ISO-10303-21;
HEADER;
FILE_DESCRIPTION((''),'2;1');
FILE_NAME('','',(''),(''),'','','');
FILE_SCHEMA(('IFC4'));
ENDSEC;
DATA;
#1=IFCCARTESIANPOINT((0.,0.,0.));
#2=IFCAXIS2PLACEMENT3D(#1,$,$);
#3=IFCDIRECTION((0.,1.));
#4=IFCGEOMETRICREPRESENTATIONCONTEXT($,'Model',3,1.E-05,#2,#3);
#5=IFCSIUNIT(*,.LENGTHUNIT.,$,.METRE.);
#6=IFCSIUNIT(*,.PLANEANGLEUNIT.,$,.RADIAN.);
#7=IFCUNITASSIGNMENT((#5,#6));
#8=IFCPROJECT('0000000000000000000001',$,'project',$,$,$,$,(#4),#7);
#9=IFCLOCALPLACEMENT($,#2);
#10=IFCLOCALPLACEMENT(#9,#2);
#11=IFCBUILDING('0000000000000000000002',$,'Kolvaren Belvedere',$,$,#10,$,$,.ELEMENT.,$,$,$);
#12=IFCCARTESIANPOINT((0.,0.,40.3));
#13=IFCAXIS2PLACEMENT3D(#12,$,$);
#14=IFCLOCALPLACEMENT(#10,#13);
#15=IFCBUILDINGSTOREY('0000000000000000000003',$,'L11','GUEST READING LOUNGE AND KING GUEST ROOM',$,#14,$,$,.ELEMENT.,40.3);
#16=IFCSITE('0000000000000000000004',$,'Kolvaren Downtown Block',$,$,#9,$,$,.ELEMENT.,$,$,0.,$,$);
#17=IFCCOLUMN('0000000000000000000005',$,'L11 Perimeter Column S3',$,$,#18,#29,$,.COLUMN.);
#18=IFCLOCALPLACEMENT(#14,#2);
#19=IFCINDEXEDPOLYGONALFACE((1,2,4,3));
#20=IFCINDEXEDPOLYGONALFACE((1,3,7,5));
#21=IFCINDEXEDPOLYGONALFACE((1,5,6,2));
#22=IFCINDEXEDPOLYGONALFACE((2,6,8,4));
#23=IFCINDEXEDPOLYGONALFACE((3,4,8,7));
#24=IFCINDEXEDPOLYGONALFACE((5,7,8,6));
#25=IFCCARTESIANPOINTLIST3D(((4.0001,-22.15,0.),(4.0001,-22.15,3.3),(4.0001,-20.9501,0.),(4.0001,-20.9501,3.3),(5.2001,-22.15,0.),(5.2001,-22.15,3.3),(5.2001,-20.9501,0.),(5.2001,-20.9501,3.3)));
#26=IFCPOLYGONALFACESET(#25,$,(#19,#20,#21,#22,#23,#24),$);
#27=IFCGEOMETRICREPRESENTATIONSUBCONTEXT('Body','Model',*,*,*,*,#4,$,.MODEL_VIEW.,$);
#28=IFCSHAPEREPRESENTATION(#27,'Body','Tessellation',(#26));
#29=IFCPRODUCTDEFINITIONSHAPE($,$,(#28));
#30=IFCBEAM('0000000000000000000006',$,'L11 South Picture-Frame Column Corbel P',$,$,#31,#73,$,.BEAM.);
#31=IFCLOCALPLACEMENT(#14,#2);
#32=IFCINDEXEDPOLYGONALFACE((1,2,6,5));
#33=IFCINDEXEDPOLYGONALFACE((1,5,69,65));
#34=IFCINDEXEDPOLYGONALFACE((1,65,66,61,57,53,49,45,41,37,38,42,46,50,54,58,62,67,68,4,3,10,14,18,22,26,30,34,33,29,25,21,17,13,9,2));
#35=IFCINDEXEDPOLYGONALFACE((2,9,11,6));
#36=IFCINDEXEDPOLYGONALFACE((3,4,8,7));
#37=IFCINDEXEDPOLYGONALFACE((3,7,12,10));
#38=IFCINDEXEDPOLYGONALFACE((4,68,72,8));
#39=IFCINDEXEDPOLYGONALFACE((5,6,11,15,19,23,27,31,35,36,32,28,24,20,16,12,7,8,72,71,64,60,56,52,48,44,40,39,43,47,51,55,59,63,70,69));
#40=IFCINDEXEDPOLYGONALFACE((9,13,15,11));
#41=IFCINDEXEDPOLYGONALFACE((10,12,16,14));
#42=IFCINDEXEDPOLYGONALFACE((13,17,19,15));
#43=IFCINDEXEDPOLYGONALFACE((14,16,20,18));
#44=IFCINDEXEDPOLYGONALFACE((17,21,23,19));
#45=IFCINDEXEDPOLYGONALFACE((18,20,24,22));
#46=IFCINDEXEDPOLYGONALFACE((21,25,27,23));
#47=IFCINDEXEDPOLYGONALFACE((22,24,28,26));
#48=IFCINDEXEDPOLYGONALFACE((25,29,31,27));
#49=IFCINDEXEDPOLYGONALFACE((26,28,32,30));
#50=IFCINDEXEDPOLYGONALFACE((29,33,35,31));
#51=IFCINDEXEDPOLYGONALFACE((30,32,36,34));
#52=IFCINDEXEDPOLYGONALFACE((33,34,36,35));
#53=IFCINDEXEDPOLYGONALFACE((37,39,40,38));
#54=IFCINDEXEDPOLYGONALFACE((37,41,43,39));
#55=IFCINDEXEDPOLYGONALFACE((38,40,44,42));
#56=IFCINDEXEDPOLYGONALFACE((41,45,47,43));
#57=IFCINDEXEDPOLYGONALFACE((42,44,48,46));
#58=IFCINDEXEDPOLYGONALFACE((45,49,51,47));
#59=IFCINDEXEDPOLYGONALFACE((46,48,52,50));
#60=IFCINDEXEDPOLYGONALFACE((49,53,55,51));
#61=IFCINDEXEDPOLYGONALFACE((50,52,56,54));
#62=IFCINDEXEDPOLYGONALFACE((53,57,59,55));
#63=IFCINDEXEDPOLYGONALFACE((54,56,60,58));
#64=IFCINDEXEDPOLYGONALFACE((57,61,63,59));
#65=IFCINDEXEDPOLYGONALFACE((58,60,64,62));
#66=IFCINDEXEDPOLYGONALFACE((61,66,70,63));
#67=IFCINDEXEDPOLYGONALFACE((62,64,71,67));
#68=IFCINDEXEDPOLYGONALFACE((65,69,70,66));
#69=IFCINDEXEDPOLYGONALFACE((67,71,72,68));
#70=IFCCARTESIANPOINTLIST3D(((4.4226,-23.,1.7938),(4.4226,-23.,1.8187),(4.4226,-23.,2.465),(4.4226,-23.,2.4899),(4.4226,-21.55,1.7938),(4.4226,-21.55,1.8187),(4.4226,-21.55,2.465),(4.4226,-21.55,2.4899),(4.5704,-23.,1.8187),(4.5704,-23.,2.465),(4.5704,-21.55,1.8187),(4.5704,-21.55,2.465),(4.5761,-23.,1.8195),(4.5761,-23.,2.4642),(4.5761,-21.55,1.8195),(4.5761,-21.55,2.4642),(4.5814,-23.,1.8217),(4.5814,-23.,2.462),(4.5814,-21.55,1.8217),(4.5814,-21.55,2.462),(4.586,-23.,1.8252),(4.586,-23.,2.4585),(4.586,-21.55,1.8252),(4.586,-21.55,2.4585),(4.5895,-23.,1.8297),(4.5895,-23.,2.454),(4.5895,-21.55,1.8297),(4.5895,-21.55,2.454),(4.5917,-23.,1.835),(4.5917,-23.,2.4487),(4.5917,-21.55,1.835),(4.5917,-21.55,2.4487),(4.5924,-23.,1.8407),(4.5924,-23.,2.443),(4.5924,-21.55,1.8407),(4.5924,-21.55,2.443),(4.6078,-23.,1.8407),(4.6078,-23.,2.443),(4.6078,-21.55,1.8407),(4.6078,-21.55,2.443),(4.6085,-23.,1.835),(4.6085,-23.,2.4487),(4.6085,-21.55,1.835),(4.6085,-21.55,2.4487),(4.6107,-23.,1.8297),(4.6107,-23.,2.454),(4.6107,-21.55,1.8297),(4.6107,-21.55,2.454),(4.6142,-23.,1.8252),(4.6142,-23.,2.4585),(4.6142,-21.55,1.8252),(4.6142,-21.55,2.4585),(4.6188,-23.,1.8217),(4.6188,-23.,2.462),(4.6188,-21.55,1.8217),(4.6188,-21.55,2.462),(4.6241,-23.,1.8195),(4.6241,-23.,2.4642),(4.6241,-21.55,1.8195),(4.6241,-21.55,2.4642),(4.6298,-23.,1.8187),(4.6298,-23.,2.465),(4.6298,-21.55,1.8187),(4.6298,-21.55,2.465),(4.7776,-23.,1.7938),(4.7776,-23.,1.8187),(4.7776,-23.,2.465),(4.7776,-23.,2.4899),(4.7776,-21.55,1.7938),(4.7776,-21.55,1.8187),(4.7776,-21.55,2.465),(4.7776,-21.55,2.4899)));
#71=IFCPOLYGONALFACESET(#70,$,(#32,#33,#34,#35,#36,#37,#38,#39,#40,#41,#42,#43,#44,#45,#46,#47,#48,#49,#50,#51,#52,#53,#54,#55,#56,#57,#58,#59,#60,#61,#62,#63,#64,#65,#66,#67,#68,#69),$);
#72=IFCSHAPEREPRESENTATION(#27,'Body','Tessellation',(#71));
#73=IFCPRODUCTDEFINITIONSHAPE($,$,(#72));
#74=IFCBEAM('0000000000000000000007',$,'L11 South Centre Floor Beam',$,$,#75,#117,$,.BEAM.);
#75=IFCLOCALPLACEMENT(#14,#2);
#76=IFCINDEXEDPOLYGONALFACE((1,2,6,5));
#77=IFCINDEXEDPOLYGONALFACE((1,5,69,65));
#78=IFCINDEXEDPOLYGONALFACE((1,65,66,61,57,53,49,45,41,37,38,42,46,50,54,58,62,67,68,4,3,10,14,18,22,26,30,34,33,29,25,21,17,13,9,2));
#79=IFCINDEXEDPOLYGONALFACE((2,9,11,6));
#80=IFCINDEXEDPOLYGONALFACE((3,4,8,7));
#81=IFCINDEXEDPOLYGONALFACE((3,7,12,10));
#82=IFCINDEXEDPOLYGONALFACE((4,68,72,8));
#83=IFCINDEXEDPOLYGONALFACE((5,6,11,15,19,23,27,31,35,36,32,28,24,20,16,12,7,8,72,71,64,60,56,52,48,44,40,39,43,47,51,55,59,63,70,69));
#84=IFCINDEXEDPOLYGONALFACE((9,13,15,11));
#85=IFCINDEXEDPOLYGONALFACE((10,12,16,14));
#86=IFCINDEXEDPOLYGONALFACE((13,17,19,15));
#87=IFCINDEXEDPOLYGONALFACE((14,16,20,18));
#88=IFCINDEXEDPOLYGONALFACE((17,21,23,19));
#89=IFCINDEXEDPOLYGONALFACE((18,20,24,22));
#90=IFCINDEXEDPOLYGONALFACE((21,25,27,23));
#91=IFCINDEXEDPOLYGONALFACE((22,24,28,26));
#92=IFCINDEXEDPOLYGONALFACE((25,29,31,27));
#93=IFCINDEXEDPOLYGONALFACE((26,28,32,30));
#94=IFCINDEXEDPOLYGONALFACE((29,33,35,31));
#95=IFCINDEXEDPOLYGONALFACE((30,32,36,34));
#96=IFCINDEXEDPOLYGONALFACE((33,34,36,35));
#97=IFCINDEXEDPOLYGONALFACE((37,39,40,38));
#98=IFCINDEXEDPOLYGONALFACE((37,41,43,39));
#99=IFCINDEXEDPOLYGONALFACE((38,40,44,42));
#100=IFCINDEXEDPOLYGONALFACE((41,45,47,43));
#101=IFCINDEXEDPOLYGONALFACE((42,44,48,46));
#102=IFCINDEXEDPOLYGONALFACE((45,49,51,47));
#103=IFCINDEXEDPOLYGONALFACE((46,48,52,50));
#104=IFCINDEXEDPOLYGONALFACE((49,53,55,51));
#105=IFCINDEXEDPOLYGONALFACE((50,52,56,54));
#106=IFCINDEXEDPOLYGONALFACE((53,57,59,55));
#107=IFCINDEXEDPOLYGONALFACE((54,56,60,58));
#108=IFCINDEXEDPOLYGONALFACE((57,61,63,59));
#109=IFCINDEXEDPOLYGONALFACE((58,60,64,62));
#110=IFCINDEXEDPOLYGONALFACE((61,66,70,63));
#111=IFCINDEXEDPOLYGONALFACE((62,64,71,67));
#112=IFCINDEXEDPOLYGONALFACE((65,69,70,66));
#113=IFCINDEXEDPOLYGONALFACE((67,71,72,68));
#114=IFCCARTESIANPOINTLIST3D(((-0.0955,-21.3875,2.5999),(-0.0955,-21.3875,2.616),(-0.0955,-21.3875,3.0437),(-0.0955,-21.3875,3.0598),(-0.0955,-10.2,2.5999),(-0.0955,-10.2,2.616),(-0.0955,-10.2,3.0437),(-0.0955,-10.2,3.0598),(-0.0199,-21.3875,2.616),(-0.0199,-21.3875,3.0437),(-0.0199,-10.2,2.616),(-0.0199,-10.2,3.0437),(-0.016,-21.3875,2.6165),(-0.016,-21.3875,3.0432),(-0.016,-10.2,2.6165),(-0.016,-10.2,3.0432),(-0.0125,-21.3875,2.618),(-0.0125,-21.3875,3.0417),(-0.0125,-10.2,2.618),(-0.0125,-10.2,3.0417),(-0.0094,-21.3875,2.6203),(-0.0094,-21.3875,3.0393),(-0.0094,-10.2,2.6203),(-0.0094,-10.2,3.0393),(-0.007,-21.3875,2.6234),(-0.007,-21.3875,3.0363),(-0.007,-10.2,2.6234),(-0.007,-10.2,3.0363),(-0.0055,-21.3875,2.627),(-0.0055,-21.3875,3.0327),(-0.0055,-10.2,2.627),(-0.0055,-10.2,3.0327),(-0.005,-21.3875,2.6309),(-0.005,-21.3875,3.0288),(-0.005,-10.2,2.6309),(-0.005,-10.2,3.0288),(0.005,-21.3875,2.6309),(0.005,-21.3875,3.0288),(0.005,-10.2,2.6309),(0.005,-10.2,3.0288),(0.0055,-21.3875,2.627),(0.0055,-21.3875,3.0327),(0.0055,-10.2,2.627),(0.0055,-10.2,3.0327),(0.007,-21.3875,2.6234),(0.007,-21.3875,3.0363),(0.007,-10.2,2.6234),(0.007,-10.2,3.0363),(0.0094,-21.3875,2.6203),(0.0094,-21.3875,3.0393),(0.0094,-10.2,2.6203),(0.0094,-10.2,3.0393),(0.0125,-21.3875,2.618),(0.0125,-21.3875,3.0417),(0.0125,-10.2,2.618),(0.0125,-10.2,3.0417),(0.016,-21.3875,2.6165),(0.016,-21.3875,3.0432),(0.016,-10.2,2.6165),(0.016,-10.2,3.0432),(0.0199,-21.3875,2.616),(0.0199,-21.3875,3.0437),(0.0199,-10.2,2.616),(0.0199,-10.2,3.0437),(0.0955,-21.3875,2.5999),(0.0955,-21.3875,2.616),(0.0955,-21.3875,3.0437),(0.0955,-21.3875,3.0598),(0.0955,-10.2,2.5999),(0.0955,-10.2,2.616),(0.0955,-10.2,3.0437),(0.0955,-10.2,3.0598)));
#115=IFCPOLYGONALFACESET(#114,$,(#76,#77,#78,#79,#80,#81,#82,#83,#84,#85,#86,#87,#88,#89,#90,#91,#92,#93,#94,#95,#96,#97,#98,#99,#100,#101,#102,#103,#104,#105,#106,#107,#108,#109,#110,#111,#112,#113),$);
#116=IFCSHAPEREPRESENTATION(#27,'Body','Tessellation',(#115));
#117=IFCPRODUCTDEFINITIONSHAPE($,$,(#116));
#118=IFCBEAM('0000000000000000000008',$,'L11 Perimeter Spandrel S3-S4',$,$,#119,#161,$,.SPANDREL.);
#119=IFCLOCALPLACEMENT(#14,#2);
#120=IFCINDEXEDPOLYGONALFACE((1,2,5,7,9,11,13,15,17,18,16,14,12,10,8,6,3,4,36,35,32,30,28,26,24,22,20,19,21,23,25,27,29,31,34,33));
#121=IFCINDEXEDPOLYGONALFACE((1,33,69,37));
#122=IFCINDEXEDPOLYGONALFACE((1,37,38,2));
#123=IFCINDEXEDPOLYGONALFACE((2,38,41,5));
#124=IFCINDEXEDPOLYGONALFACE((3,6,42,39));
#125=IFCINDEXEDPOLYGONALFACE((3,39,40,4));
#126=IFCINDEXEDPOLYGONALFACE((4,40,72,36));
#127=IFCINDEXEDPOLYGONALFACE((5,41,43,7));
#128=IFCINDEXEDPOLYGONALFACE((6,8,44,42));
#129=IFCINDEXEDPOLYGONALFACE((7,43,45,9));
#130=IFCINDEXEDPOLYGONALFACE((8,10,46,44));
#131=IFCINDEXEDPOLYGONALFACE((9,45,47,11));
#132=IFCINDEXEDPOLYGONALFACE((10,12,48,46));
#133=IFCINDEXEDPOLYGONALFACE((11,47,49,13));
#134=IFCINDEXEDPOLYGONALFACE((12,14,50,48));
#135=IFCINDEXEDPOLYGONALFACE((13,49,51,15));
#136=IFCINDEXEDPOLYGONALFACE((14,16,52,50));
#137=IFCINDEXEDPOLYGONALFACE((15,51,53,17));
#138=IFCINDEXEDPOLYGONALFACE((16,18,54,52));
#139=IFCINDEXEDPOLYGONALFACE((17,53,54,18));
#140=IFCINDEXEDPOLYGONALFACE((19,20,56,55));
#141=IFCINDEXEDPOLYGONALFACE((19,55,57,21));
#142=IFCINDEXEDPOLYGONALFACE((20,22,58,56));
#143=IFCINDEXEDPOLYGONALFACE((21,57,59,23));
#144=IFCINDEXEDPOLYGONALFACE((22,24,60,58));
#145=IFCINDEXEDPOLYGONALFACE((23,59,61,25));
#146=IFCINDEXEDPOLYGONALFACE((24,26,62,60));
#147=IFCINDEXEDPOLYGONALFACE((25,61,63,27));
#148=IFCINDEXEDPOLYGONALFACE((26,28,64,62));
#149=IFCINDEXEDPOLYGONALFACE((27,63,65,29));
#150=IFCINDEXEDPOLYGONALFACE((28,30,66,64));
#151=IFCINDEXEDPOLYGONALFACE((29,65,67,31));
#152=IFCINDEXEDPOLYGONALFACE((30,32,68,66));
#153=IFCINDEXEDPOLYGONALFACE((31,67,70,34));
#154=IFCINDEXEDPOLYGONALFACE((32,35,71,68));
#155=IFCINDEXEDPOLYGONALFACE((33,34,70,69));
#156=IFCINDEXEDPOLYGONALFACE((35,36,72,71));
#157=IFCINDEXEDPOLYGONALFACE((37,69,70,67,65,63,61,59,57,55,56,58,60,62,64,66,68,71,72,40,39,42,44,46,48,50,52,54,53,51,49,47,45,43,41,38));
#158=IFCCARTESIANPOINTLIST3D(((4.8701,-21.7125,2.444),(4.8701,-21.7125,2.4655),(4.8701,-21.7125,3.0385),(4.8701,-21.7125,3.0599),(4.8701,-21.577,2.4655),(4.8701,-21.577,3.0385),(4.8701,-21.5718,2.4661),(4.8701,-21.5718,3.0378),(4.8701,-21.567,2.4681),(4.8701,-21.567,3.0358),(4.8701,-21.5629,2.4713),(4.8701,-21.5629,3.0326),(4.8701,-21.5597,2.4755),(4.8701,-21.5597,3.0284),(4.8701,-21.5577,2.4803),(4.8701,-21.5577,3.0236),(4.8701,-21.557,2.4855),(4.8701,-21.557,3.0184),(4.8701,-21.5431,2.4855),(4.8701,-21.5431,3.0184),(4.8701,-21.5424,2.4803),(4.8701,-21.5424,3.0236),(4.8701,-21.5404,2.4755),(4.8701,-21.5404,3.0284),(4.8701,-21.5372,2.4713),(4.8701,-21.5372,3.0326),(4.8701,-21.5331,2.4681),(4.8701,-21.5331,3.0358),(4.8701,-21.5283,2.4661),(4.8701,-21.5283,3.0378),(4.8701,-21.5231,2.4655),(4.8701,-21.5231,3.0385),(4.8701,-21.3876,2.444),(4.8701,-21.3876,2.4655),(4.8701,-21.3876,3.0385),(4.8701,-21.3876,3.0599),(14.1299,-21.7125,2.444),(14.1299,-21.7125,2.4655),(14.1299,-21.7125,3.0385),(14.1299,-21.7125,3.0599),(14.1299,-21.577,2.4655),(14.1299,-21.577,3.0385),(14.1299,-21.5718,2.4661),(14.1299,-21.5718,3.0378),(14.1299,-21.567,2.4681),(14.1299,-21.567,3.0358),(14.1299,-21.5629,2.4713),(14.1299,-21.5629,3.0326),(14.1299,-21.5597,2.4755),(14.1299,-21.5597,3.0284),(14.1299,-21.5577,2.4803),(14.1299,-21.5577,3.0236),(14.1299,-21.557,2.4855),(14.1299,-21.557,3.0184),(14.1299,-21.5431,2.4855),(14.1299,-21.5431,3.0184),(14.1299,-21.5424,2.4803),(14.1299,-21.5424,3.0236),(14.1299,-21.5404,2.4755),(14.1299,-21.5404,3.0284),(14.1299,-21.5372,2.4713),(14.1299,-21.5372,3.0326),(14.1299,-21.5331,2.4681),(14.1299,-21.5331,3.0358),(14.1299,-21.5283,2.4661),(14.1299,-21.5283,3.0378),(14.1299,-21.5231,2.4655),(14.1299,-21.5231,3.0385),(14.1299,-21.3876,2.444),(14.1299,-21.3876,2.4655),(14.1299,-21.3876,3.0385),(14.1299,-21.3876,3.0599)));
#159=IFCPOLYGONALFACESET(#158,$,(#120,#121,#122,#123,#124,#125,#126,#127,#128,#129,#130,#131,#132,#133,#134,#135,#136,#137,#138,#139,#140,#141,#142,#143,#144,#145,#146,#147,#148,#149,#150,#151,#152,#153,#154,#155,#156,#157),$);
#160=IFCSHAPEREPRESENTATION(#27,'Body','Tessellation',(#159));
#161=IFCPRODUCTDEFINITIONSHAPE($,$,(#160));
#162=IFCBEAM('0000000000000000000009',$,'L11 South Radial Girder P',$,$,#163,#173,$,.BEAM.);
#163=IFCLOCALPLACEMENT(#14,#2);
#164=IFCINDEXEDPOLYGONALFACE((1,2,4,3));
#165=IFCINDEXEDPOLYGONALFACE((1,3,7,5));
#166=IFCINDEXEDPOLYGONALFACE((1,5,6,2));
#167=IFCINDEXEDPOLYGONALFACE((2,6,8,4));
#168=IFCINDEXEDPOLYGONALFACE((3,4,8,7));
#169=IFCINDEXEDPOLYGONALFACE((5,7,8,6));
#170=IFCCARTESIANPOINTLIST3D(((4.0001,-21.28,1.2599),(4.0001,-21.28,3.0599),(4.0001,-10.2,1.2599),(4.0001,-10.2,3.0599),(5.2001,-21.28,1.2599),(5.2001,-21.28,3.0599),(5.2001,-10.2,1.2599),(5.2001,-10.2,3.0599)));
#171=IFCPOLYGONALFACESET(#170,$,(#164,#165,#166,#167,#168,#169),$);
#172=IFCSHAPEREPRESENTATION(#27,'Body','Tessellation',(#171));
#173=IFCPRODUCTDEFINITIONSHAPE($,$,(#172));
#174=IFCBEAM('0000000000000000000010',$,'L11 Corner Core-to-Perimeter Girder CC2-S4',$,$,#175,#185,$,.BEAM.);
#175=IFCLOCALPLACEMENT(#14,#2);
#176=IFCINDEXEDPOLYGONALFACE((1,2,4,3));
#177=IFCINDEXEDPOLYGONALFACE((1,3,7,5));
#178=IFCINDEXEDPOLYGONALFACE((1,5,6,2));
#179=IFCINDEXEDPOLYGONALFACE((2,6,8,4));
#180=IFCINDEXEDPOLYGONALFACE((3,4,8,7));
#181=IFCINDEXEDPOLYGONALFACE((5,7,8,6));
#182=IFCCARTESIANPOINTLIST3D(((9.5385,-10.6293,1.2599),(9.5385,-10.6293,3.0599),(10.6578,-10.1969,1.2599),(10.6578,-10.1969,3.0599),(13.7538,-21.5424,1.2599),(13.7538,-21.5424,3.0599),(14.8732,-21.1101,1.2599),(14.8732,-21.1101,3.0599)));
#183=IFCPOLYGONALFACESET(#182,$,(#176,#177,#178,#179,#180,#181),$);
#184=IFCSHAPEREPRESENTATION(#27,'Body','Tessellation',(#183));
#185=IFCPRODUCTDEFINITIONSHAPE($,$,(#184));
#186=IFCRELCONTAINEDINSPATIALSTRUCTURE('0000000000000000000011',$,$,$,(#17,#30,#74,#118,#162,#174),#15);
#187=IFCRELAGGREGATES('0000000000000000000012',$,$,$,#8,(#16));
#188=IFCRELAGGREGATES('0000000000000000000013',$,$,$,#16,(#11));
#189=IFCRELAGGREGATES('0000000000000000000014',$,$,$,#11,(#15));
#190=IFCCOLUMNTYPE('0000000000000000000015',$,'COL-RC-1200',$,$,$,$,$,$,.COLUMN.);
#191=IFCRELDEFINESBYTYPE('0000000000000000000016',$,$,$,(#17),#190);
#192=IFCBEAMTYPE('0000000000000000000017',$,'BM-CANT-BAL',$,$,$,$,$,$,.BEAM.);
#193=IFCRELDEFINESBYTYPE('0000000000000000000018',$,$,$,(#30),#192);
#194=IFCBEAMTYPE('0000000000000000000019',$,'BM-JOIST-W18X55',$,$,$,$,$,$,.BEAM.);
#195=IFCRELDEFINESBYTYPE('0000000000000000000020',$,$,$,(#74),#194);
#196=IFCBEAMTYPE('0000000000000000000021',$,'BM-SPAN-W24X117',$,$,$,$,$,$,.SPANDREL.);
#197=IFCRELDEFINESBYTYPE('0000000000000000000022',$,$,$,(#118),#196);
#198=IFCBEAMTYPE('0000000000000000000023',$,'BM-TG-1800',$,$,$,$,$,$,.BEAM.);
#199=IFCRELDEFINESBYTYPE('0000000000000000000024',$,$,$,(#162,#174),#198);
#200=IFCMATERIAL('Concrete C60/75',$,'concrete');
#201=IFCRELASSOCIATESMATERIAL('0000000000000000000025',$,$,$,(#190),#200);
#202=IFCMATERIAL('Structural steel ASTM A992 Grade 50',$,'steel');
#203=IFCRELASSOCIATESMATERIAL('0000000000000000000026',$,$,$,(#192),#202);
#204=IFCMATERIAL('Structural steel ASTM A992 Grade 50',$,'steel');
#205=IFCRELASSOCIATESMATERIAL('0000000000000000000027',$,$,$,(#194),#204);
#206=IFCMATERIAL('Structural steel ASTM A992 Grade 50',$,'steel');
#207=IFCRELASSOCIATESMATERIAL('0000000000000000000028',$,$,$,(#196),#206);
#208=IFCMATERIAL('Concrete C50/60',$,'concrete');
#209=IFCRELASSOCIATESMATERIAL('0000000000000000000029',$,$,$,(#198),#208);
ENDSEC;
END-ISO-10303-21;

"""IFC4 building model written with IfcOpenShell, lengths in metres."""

from ifc_helpers import new_model, si_unit, direction, frame, origin, origin_2d, place, context, subcontext, project, spatial, rectangle, i_section, extrude, material, material_profile, profile_set, type_object, element, save


model = new_model("IFC4")

# Units and contexts
model_context = context("Model", 3, precision=1e-05, world=origin(), true_north=direction((0.0, 1.0)))
body_context = subcontext(model_context, "Body", "Model", "MODEL_VIEW")
ifc_project = project(units=[si_unit("LENGTHUNIT", "METRE"), si_unit("PLANEANGLEUNIT", "RADIAN")], contexts=[model_context])

# Site, building, storey
site_placement = place(None, origin())
site = spatial("IfcSite", under=ifc_project, at=site_placement, Name="Kolvaren Downtown Block", CompositionType="ELEMENT", RefElevation=0.0)
building_placement = place(site_placement, origin())
building = spatial("IfcBuilding", under=site, at=building_placement, Name="Kolvaren Belvedere", CompositionType="ELEMENT")
storey_placement = place(building_placement, frame((0.0, 0.0, 40.3)))
storey = spatial("IfcBuildingStorey", under=building, at=storey_placement, Name="L11", Description="GUEST READING LOUNGE AND KING GUEST ROOM", CompositionType="ELEMENT", Elevation=40.3)

# Column
ifc_material_1 = material(Name="Concrete C60/75", Category="concrete")
ifc_material_profile_1 = material_profile(ifc_material_1, rectangle(XDim=1.2, YDim=1.2, at=origin_2d()), Name="RC 1200X1200")
ifc_profile_set_1 = profile_set([ifc_material_profile_1], Name="Concrete C60/75")
column_type = type_object("IfcColumnType", Name="COL-RC-1200", PredefinedType="COLUMN", material=ifc_profile_set_1)
column_placement = place(storey_placement, frame((4.6001, -21.55, 0.0), z_axis=(0.0, 0.0, 1.0), x_axis=(1.0, 0.0, 0.0)))
element("IfcColumn", 1, at=column_placement, inside=storey, type_object=column_type, Name="L11 Perimeter Column S3", PredefinedType="COLUMN", context=body_context, shape_type="SweptSolid", body=[
    extrude(rectangle(XDim=1.2, YDim=1.2, at=origin_2d()), origin(), (0.0, 0.0, 1.0), 3.3),
])

# Beams
ifc_material_2 = material(Name="Structural steel ASTM A992 Grade 50", Category="steel")
ifc_material_profile_2 = material_profile(ifc_material_2, i_section(OverallWidth=0.355, OverallDepth=0.696, WebThickness=0.0154, FlangeThickness=0.0249, FilletRadius=0.022, at=origin_2d()), Name="W27X146")
ifc_profile_set_2 = profile_set([ifc_material_profile_2], Name="Structural steel ASTM A992 Grade 50")
beam_type_1 = type_object("IfcBeamType", Name="BM-CANT-BAL", PredefinedType="BEAM", material=ifc_profile_set_2)
beam_1_placement = place(storey_placement, frame((4.6001, -21.55, 2.1418), z_axis=(0.0, -1.0, 0.0), x_axis=(1.0, 0.0, 0.0)))
element("IfcBeam", 2, at=beam_1_placement, inside=storey, type_object=beam_type_1, Name="L11 South Picture-Frame Column Corbel P", PredefinedType="BEAM", context=body_context, shape_type="SweptSolid", body=[
    extrude(i_section(OverallWidth=0.355, OverallDepth=0.696, WebThickness=0.0154, FlangeThickness=0.0249, FilletRadius=0.022, at=origin_2d()), origin(), (0.0, 0.0, 1.0), 1.45),
])
ifc_material_3 = material(Name="Structural steel ASTM A992 Grade 50", Category="steel")
ifc_material_profile_3 = material_profile(ifc_material_3, i_section(OverallWidth=0.1909, OverallDepth=0.46, WebThickness=0.01, FlangeThickness=0.0161, FilletRadius=0.0149, at=origin_2d()), Name="W18X55")
ifc_profile_set_3 = profile_set([ifc_material_profile_3], Name="Structural steel ASTM A992 Grade 50")
beam_type_2 = type_object("IfcBeamType", Name="BM-JOIST-W18X55", PredefinedType="BEAM", material=ifc_profile_set_3)
beam_2_placement = place(storey_placement, frame((0.0, -10.2, 2.8298), z_axis=(0.0, -1.0, 0.0), x_axis=(1.0, 0.0, 0.0)))
element("IfcBeam", 3, at=beam_2_placement, inside=storey, type_object=beam_type_2, Name="L11 South Centre Floor Beam", PredefinedType="BEAM", context=body_context, shape_type="SweptSolid", body=[
    extrude(i_section(OverallWidth=0.1909, OverallDepth=0.46, WebThickness=0.01, FlangeThickness=0.0161, FilletRadius=0.0149, at=origin_2d()), origin(), (0.0, 0.0, 1.0), 11.1875),
])
ifc_material_4 = material(Name="Structural steel ASTM A992 Grade 50", Category="steel")
ifc_material_profile_4 = material_profile(ifc_material_4, i_section(OverallWidth=0.325, OverallDepth=0.616, WebThickness=0.0139, FlangeThickness=0.0215, FilletRadius=0.02, at=origin_2d()), Name="W24X117")
ifc_profile_set_4 = profile_set([ifc_material_profile_4], Name="Structural steel ASTM A992 Grade 50")
beam_type_3 = type_object("IfcBeamType", Name="BM-SPAN-W24X117", PredefinedType="SPANDREL", material=ifc_profile_set_4)
beam_3_placement = place(storey_placement, frame((4.8701, -21.55, 2.752), z_axis=(1.0, 0.0, 0.0), x_axis=(0.0, 1.0, 0.0)))
element("IfcBeam", 4, at=beam_3_placement, inside=storey, type_object=beam_type_3, Name="L11 Perimeter Spandrel S3-S4", PredefinedType="SPANDREL", context=body_context, shape_type="SweptSolid", body=[
    extrude(i_section(OverallWidth=0.325, OverallDepth=0.616, WebThickness=0.0139, FlangeThickness=0.0215, FilletRadius=0.02, at=origin_2d()), origin(), (0.0, 0.0, 1.0), 9.2598),
])
ifc_material_5 = material(Name="Concrete C50/60", Category="concrete")
ifc_material_profile_5 = material_profile(ifc_material_5, rectangle(XDim=1.2, YDim=1.8, at=origin_2d()), Name="RC 1200X1800")
ifc_profile_set_5 = profile_set([ifc_material_profile_5], Name="Concrete C50/60")
beam_type_4 = type_object("IfcBeamType", Name="BM-TG-1800", PredefinedType="BEAM", material=ifc_profile_set_5)
beam_4_placement = place(storey_placement, frame((4.6001, -10.2, 2.1599), z_axis=(0.0, -1.0, 0.0), x_axis=(1.0, 0.0, 0.0)))
element("IfcBeam", 5, at=beam_4_placement, inside=storey, type_object=beam_type_4, Name="L11 South Radial Girder P", PredefinedType="BEAM", context=body_context, shape_type="SweptSolid", body=[
    extrude(rectangle(XDim=1.2, YDim=1.8, at=origin_2d()), origin(), (0.0, 0.0, 1.0), 11.0801),
])
beam_5_placement = place(storey_placement, frame((10.0981, -10.4131, 2.1599), z_axis=(0.360318, -0.932829, 0.0), x_axis=(0.932829, 0.360318, 0.0)))
element("IfcBeam", 6, at=beam_5_placement, inside=storey, type_object=beam_type_4, Name="L11 Corner Core-to-Perimeter Girder CC2-S4", PredefinedType="BEAM", context=body_context, shape_type="SweptSolid", body=[
    extrude(rectangle(XDim=1.2, YDim=1.8, at=origin_2d()), origin(), (0.0, 0.0, 1.0), 11.699),
])

save(model, "model.ifc")
